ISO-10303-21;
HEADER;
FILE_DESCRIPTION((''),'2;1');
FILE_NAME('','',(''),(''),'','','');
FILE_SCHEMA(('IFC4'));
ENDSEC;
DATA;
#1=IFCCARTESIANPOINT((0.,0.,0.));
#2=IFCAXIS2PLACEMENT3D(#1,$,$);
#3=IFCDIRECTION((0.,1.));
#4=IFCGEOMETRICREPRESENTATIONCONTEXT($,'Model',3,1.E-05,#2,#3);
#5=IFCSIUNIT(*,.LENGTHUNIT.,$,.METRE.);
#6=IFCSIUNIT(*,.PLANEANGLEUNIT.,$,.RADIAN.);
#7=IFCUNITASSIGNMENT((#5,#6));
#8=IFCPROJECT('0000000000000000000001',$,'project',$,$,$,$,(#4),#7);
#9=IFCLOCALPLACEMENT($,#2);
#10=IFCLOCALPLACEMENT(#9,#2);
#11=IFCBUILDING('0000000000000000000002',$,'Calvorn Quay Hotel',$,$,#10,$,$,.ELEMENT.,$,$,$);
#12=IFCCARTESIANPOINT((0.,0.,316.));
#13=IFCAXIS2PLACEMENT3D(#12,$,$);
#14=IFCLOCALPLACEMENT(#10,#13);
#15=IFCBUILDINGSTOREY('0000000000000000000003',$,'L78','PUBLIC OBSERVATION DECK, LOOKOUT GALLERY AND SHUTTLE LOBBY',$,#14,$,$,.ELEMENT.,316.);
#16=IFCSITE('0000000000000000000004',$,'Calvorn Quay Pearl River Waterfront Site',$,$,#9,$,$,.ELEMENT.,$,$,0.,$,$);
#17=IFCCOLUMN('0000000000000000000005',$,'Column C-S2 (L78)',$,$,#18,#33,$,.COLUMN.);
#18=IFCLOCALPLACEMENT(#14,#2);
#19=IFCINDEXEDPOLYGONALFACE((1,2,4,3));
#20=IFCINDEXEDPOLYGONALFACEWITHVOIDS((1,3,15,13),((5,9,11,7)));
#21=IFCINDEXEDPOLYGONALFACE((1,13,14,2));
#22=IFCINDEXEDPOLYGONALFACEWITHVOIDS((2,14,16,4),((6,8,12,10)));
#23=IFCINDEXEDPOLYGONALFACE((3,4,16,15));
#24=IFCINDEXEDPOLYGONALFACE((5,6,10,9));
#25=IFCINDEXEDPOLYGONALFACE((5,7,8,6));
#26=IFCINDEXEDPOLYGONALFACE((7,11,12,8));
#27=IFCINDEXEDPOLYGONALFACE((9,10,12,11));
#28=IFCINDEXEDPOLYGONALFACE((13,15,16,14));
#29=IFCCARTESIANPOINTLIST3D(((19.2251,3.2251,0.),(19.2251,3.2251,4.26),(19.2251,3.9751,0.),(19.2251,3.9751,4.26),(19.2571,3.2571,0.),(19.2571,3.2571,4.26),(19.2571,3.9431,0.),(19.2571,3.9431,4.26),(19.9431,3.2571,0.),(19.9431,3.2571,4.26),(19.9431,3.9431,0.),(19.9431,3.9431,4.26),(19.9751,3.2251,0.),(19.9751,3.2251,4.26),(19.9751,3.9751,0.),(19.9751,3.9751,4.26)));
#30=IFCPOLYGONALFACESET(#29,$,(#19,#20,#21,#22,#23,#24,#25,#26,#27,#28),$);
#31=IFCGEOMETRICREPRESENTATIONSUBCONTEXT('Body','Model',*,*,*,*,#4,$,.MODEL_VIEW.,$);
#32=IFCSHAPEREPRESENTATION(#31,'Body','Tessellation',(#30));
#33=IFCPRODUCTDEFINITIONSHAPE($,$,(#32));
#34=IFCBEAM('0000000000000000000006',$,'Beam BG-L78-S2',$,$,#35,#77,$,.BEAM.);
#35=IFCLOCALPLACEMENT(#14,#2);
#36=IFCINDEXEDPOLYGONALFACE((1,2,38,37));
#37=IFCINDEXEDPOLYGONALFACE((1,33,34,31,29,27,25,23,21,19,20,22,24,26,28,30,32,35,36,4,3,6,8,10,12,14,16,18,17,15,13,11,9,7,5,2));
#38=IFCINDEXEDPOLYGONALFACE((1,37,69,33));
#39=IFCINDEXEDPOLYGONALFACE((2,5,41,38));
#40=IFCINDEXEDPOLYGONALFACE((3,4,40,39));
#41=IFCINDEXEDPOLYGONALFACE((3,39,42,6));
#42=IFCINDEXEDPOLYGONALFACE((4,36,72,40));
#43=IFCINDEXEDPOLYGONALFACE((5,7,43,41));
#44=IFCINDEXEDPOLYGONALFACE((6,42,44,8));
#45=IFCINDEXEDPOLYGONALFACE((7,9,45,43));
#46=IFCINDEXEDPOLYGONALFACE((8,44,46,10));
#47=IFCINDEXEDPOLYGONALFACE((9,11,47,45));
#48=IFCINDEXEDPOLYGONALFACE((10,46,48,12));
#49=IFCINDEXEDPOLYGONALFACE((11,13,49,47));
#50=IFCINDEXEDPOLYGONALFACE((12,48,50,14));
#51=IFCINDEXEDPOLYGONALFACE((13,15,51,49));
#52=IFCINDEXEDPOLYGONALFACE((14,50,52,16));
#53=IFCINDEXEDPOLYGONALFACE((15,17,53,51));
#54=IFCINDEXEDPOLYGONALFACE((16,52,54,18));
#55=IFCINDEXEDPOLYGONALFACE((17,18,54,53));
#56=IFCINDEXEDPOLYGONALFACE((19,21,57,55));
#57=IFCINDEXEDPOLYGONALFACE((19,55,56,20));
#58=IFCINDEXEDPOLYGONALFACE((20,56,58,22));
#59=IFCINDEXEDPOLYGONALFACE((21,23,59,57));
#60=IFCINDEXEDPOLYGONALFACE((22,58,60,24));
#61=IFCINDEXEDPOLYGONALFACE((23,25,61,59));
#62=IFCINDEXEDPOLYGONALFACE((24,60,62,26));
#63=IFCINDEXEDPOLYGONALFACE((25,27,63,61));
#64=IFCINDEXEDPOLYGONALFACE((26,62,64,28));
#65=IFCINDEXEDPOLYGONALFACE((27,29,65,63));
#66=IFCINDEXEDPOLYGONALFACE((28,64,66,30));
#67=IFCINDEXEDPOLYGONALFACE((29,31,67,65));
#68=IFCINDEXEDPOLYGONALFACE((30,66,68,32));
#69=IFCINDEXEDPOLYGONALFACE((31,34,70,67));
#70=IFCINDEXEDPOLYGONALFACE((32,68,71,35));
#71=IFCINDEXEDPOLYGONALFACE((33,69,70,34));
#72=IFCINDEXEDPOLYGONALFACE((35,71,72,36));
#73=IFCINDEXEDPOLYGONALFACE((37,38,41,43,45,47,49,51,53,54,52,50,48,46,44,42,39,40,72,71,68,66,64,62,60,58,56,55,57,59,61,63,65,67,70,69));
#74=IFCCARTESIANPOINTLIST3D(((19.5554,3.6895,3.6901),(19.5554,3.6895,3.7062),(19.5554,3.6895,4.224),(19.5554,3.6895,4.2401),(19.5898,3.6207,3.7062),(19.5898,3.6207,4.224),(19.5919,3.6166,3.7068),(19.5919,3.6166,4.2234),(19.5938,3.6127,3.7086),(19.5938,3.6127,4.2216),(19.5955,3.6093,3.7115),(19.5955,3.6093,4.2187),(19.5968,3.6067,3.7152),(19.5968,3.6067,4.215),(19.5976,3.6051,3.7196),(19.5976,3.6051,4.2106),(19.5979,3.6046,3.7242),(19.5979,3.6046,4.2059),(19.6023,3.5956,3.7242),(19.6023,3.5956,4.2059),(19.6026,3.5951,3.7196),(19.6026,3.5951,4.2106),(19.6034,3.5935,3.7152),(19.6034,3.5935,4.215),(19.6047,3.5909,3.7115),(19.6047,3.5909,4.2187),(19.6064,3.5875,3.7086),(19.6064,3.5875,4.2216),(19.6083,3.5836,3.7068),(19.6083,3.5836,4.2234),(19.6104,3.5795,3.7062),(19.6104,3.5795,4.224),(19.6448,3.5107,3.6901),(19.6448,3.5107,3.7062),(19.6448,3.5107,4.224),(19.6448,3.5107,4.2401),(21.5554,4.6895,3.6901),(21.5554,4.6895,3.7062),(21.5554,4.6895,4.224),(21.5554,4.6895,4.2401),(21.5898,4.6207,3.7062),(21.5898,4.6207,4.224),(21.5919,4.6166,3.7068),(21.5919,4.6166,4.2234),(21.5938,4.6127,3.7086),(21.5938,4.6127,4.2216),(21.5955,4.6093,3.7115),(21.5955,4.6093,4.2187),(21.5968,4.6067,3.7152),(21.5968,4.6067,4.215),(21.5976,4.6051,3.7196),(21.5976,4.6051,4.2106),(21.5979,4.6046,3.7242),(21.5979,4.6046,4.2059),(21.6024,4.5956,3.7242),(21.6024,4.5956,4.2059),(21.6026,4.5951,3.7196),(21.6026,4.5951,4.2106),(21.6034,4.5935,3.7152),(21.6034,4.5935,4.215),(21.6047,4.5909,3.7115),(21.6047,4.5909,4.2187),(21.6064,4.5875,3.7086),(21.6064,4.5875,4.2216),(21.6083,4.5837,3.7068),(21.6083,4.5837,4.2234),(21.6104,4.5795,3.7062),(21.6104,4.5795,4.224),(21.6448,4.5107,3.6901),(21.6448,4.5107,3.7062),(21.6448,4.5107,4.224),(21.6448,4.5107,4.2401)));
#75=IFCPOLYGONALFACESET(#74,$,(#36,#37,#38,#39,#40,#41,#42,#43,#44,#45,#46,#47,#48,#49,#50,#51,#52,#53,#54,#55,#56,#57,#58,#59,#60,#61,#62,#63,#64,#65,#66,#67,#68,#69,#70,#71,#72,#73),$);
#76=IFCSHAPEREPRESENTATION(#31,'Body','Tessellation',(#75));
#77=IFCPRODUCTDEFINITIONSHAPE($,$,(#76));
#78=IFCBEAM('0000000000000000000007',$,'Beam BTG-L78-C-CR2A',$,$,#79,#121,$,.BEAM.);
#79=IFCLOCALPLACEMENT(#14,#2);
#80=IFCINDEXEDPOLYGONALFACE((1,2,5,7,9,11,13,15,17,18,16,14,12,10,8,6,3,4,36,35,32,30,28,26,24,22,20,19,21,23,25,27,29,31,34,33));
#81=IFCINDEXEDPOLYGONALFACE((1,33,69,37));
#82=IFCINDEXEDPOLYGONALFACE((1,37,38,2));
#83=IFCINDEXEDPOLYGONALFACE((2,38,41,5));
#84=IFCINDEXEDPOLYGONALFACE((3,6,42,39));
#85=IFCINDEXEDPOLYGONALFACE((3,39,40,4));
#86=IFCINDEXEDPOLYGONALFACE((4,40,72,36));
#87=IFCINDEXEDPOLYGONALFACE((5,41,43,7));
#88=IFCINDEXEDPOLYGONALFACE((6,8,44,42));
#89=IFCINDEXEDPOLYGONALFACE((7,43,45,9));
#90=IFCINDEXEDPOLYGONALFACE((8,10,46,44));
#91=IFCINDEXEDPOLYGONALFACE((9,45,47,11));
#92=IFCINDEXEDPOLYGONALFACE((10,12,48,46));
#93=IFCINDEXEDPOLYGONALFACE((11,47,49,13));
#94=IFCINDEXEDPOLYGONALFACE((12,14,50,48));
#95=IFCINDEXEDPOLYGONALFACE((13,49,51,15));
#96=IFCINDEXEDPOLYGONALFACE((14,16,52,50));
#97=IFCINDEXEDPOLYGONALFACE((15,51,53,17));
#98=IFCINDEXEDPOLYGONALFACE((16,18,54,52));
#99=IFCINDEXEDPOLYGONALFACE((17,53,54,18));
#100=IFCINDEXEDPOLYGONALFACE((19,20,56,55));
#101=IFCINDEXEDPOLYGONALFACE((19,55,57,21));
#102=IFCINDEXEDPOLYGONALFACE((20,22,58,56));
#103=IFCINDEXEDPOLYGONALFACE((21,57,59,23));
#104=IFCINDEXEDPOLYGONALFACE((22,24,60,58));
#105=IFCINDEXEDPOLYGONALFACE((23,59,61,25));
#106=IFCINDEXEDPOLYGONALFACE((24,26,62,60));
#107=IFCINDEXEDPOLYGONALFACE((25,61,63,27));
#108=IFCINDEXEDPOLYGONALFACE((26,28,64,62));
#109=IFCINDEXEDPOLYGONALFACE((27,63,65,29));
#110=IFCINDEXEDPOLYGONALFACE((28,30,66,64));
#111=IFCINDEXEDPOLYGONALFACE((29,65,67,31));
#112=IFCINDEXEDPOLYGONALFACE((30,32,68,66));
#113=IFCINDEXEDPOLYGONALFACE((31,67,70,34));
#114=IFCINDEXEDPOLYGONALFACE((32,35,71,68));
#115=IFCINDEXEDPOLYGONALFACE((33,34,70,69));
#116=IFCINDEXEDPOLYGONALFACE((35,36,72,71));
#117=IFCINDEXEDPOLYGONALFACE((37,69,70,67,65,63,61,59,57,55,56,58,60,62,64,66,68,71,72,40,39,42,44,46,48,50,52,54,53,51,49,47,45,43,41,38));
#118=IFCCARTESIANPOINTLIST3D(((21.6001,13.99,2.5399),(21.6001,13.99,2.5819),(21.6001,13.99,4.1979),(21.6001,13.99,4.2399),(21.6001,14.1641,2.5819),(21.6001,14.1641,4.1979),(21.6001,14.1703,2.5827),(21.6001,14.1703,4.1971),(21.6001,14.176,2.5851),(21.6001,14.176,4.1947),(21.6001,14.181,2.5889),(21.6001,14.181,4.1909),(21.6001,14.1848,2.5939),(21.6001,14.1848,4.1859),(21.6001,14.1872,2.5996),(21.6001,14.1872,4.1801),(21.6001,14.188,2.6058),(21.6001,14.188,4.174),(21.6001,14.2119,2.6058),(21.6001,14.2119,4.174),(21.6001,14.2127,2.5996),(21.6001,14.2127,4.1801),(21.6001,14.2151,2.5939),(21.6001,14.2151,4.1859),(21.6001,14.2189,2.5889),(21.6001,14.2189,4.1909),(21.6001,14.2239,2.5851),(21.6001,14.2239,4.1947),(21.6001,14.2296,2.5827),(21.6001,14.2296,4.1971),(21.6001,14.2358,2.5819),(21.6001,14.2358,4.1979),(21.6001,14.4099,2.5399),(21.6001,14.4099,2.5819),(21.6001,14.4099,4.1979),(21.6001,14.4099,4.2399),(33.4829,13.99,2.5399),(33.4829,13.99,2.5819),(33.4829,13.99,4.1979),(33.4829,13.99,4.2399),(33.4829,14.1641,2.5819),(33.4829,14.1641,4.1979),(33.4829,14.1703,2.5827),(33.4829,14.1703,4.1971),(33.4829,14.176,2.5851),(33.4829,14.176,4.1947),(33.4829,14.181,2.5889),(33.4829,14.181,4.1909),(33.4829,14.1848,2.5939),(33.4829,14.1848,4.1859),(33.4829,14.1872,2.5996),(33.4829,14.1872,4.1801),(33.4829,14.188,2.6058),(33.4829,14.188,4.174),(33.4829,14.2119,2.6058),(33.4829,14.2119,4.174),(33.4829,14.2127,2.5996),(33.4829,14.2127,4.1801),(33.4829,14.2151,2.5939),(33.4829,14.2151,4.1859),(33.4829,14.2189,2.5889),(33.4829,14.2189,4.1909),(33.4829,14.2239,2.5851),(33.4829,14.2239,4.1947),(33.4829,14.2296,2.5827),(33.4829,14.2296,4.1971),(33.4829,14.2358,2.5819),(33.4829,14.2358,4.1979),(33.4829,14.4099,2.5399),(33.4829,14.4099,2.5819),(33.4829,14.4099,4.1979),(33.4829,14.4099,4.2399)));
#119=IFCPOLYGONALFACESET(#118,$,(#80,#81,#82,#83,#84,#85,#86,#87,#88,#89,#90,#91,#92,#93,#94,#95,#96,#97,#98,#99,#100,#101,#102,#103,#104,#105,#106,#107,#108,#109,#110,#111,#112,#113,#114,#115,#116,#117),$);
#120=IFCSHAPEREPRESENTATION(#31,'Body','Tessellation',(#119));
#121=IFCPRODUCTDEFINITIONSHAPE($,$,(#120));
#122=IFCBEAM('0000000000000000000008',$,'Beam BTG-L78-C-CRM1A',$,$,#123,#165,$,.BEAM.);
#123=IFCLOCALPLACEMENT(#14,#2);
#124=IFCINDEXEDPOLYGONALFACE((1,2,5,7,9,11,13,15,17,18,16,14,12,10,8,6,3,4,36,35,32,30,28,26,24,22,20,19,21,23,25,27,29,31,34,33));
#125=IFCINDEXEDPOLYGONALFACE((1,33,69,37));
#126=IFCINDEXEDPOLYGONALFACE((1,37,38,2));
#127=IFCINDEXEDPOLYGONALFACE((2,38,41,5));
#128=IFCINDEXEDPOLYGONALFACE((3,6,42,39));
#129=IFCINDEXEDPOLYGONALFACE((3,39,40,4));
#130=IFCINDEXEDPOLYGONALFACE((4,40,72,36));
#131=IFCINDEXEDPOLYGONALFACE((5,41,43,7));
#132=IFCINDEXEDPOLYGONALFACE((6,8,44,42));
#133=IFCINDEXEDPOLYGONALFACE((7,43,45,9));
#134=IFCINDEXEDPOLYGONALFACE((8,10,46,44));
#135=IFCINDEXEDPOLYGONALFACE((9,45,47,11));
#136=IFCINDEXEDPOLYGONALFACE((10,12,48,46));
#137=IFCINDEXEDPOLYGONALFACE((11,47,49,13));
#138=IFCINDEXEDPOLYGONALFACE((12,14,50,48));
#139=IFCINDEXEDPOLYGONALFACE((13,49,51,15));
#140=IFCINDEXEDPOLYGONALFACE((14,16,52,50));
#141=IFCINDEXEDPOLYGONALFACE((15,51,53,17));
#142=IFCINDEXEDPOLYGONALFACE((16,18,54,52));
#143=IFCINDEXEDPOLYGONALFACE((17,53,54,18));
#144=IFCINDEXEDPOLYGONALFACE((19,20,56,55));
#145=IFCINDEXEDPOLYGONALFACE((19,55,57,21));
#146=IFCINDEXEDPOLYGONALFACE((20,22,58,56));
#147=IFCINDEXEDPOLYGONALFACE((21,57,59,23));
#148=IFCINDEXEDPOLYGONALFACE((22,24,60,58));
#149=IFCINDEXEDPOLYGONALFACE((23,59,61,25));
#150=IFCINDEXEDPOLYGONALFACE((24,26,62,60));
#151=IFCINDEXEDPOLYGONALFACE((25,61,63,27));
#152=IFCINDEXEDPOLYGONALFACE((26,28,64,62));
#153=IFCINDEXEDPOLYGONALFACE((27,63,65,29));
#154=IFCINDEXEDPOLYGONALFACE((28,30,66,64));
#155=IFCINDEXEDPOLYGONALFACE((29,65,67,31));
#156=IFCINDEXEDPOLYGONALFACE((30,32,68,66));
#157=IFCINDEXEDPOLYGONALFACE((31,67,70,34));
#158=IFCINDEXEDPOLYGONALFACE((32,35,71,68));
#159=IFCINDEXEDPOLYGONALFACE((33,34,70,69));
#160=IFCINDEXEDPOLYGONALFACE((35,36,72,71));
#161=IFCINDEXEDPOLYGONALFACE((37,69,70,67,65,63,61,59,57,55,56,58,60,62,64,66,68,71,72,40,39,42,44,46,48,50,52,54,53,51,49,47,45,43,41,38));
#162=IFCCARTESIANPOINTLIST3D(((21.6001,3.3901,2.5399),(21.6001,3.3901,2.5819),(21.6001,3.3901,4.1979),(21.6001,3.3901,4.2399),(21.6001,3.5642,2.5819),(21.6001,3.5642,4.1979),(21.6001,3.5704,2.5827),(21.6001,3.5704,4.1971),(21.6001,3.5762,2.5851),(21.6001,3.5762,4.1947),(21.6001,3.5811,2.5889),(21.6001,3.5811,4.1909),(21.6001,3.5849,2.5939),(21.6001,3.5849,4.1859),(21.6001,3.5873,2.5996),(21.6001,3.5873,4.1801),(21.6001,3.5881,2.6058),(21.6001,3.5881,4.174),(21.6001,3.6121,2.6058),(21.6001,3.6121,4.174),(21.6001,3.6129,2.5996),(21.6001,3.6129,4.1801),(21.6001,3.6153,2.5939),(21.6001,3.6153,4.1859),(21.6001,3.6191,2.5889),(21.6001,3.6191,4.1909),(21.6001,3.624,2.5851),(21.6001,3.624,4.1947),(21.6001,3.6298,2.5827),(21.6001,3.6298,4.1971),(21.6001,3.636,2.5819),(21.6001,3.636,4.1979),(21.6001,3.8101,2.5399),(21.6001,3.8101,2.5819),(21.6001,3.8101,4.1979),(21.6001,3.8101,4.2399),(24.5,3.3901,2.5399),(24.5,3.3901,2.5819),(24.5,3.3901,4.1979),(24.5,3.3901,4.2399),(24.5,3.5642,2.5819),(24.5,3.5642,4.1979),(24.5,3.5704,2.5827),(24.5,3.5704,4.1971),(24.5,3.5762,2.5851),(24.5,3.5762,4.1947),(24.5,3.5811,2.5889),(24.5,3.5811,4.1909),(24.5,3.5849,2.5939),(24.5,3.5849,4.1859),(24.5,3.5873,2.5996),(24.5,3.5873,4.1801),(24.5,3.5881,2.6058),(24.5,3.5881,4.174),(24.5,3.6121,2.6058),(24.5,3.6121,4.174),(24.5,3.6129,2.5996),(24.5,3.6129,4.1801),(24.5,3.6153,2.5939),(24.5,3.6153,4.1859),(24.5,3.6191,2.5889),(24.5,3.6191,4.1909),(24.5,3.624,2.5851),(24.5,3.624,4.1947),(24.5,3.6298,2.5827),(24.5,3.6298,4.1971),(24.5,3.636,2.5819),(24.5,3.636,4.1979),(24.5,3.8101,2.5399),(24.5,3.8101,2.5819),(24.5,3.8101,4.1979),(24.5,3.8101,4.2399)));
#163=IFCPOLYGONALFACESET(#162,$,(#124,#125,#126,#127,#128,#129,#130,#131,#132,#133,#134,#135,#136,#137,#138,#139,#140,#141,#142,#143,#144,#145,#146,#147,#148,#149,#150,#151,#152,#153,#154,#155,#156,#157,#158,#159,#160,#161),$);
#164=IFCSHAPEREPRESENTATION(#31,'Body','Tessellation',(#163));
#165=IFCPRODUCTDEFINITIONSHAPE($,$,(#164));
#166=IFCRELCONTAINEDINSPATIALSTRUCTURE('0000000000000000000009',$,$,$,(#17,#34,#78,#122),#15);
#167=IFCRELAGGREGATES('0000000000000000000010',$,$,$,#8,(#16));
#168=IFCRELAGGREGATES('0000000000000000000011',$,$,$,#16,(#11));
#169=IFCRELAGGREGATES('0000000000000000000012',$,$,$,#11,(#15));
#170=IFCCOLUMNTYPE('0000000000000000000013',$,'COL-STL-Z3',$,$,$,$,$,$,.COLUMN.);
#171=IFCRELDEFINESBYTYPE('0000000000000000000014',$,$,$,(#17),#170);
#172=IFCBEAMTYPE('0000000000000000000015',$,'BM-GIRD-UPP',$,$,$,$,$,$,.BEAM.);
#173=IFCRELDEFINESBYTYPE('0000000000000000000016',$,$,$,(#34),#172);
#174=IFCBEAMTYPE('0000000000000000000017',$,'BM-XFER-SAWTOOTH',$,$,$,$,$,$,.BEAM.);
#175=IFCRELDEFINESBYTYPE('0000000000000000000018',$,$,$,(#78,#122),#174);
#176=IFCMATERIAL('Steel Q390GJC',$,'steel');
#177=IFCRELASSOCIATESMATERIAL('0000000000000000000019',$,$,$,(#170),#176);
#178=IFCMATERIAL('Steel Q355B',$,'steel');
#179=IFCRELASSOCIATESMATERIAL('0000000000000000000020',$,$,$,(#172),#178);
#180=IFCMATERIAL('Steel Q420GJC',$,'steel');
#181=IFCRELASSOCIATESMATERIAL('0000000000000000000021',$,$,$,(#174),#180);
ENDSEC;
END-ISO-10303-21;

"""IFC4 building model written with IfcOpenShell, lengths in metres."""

from ifc_helpers import new_model, si_unit, direction, frame, origin, origin_2d, place, context, subcontext, project, spatial, hollow_rectangle, i_section, extrude, material, material_profile, profile_set, type_object, element, save


model = new_model("IFC4")

# Units and contexts
model_context = context("Model", 3, precision=1e-05, world=origin(), true_north=direction((0.0, 1.0)))
body_context = subcontext(model_context, "Body", "Model", "MODEL_VIEW")
ifc_project = project(units=[si_unit("LENGTHUNIT", "METRE"), si_unit("PLANEANGLEUNIT", "RADIAN")], contexts=[model_context])

# Site, building, storey
site_placement = place(None, origin())
site = spatial("IfcSite", under=ifc_project, at=site_placement, Name="Calvorn Quay Pearl River Waterfront Site", CompositionType="ELEMENT", RefElevation=0.0)
building_placement = place(site_placement, origin())
building = spatial("IfcBuilding", under=site, at=building_placement, Name="Calvorn Quay Hotel", CompositionType="ELEMENT")
storey_placement = place(building_placement, frame((0.0, 0.0, 316.0)))
storey = spatial("IfcBuildingStorey", under=building, at=storey_placement, Name="L78", Description="PUBLIC OBSERVATION DECK, LOOKOUT GALLERY AND SHUTTLE LOBBY", CompositionType="ELEMENT", Elevation=316.0)

# Column
ifc_material_1 = material(Name="Steel Q390GJC", Category="steel")
ifc_material_profile_1 = material_profile(ifc_material_1, hollow_rectangle(XDim=0.75, YDim=0.75, WallThickness=0.032, at=origin_2d()), Name="BOX750x750x32")
ifc_profile_set_1 = profile_set([ifc_material_profile_1], Name="Steel Q390GJC")
column_type = type_object("IfcColumnType", Name="COL-STL-Z3", PredefinedType="COLUMN", material=ifc_profile_set_1)
column_placement = place(storey_placement, frame((19.6001, 3.6001, 0.0), z_axis=(0.0, 0.0, 1.0), x_axis=(1.0, 0.0, 0.0)))
element("IfcColumn", 1, at=column_placement, inside=storey, type_object=column_type, Name="Column C-S2 (L78)", PredefinedType="COLUMN", context=body_context, shape_type="SweptSolid", body=[
    extrude(hollow_rectangle(XDim=0.75, YDim=0.75, WallThickness=0.032, at=origin_2d()), origin(), (0.0, 0.0, 1.0), 4.26),
])

# Beams
ifc_material_2 = material(Name="Steel Q355B", Category="steel")
ifc_material_profile_2 = material_profile(ifc_material_2, i_section(OverallWidth=0.2, OverallDepth=0.55, WebThickness=0.01, FlangeThickness=0.0161, FilletRadius=0.0181, at=origin_2d()), Name="HN550x200x10x16")
ifc_profile_set_2 = profile_set([ifc_material_profile_2], Name="Steel Q355B")
beam_type_1 = type_object("IfcBeamType", Name="BM-GIRD-UPP", PredefinedType="BEAM", material=ifc_profile_set_2)
beam_1_placement = place(storey_placement, frame((19.6001, 3.6001, 3.9651), z_axis=(0.894427, 0.447214, 0.0), x_axis=(-0.447214, 0.894427, 0.0)))
element("IfcBeam", 2, at=beam_1_placement, inside=storey, type_object=beam_type_1, Name="Beam BG-L78-S2", PredefinedType="BEAM", context=body_context, shape_type="SweptSolid", body=[
    extrude(i_section(OverallWidth=0.2, OverallDepth=0.55, WebThickness=0.01, FlangeThickness=0.0161, FilletRadius=0.0181, at=origin_2d()), origin(), (0.0, 0.0, 1.0), 2.2361),
])
ifc_material_3 = material(Name="Steel Q420GJC", Category="steel")
ifc_material_profile_3 = material_profile(ifc_material_3, i_section(OverallWidth=0.4199, OverallDepth=1.7, WebThickness=0.0239, FlangeThickness=0.042, FilletRadius=0.0239, at=origin_2d()), Name="HN1700x420x24x42")
ifc_profile_set_3 = profile_set([ifc_material_profile_3], Name="Steel Q420GJC")
beam_type_2 = type_object("IfcBeamType", Name="BM-XFER-SAWTOOTH", PredefinedType="BEAM", material=ifc_profile_set_3)
beam_2_placement = place(storey_placement, frame((21.6001, 14.2, 3.3899), z_axis=(1.0, 0.0, 0.0), x_axis=(0.0, 1.0, 0.0)))
element("IfcBeam", 3, at=beam_2_placement, inside=storey, type_object=beam_type_2, Name="Beam BTG-L78-C-CR2A", PredefinedType="BEAM", context=body_context, shape_type="SweptSolid", body=[
    extrude(i_section(OverallWidth=0.4199, OverallDepth=1.7, WebThickness=0.0239, FlangeThickness=0.042, FilletRadius=0.0239, at=origin_2d()), origin(), (0.0, 0.0, 1.0), 11.8828),
])
beam_3_placement = place(storey_placement, frame((21.6001, 3.6001, 3.3899), z_axis=(1.0, 0.0, 0.0), x_axis=(0.0, 1.0, 0.0)))
element("IfcBeam", 4, at=beam_3_placement, inside=storey, type_object=beam_type_2, Name="Beam BTG-L78-C-CRM1A", PredefinedType="BEAM", context=body_context, shape_type="SweptSolid", body=[
    extrude(i_section(OverallWidth=0.4199, OverallDepth=1.7, WebThickness=0.0239, FlangeThickness=0.042, FilletRadius=0.0239, at=origin_2d()), origin(), (0.0, 0.0, 1.0), 2.8999),
])

save(model, "model.ifc")
